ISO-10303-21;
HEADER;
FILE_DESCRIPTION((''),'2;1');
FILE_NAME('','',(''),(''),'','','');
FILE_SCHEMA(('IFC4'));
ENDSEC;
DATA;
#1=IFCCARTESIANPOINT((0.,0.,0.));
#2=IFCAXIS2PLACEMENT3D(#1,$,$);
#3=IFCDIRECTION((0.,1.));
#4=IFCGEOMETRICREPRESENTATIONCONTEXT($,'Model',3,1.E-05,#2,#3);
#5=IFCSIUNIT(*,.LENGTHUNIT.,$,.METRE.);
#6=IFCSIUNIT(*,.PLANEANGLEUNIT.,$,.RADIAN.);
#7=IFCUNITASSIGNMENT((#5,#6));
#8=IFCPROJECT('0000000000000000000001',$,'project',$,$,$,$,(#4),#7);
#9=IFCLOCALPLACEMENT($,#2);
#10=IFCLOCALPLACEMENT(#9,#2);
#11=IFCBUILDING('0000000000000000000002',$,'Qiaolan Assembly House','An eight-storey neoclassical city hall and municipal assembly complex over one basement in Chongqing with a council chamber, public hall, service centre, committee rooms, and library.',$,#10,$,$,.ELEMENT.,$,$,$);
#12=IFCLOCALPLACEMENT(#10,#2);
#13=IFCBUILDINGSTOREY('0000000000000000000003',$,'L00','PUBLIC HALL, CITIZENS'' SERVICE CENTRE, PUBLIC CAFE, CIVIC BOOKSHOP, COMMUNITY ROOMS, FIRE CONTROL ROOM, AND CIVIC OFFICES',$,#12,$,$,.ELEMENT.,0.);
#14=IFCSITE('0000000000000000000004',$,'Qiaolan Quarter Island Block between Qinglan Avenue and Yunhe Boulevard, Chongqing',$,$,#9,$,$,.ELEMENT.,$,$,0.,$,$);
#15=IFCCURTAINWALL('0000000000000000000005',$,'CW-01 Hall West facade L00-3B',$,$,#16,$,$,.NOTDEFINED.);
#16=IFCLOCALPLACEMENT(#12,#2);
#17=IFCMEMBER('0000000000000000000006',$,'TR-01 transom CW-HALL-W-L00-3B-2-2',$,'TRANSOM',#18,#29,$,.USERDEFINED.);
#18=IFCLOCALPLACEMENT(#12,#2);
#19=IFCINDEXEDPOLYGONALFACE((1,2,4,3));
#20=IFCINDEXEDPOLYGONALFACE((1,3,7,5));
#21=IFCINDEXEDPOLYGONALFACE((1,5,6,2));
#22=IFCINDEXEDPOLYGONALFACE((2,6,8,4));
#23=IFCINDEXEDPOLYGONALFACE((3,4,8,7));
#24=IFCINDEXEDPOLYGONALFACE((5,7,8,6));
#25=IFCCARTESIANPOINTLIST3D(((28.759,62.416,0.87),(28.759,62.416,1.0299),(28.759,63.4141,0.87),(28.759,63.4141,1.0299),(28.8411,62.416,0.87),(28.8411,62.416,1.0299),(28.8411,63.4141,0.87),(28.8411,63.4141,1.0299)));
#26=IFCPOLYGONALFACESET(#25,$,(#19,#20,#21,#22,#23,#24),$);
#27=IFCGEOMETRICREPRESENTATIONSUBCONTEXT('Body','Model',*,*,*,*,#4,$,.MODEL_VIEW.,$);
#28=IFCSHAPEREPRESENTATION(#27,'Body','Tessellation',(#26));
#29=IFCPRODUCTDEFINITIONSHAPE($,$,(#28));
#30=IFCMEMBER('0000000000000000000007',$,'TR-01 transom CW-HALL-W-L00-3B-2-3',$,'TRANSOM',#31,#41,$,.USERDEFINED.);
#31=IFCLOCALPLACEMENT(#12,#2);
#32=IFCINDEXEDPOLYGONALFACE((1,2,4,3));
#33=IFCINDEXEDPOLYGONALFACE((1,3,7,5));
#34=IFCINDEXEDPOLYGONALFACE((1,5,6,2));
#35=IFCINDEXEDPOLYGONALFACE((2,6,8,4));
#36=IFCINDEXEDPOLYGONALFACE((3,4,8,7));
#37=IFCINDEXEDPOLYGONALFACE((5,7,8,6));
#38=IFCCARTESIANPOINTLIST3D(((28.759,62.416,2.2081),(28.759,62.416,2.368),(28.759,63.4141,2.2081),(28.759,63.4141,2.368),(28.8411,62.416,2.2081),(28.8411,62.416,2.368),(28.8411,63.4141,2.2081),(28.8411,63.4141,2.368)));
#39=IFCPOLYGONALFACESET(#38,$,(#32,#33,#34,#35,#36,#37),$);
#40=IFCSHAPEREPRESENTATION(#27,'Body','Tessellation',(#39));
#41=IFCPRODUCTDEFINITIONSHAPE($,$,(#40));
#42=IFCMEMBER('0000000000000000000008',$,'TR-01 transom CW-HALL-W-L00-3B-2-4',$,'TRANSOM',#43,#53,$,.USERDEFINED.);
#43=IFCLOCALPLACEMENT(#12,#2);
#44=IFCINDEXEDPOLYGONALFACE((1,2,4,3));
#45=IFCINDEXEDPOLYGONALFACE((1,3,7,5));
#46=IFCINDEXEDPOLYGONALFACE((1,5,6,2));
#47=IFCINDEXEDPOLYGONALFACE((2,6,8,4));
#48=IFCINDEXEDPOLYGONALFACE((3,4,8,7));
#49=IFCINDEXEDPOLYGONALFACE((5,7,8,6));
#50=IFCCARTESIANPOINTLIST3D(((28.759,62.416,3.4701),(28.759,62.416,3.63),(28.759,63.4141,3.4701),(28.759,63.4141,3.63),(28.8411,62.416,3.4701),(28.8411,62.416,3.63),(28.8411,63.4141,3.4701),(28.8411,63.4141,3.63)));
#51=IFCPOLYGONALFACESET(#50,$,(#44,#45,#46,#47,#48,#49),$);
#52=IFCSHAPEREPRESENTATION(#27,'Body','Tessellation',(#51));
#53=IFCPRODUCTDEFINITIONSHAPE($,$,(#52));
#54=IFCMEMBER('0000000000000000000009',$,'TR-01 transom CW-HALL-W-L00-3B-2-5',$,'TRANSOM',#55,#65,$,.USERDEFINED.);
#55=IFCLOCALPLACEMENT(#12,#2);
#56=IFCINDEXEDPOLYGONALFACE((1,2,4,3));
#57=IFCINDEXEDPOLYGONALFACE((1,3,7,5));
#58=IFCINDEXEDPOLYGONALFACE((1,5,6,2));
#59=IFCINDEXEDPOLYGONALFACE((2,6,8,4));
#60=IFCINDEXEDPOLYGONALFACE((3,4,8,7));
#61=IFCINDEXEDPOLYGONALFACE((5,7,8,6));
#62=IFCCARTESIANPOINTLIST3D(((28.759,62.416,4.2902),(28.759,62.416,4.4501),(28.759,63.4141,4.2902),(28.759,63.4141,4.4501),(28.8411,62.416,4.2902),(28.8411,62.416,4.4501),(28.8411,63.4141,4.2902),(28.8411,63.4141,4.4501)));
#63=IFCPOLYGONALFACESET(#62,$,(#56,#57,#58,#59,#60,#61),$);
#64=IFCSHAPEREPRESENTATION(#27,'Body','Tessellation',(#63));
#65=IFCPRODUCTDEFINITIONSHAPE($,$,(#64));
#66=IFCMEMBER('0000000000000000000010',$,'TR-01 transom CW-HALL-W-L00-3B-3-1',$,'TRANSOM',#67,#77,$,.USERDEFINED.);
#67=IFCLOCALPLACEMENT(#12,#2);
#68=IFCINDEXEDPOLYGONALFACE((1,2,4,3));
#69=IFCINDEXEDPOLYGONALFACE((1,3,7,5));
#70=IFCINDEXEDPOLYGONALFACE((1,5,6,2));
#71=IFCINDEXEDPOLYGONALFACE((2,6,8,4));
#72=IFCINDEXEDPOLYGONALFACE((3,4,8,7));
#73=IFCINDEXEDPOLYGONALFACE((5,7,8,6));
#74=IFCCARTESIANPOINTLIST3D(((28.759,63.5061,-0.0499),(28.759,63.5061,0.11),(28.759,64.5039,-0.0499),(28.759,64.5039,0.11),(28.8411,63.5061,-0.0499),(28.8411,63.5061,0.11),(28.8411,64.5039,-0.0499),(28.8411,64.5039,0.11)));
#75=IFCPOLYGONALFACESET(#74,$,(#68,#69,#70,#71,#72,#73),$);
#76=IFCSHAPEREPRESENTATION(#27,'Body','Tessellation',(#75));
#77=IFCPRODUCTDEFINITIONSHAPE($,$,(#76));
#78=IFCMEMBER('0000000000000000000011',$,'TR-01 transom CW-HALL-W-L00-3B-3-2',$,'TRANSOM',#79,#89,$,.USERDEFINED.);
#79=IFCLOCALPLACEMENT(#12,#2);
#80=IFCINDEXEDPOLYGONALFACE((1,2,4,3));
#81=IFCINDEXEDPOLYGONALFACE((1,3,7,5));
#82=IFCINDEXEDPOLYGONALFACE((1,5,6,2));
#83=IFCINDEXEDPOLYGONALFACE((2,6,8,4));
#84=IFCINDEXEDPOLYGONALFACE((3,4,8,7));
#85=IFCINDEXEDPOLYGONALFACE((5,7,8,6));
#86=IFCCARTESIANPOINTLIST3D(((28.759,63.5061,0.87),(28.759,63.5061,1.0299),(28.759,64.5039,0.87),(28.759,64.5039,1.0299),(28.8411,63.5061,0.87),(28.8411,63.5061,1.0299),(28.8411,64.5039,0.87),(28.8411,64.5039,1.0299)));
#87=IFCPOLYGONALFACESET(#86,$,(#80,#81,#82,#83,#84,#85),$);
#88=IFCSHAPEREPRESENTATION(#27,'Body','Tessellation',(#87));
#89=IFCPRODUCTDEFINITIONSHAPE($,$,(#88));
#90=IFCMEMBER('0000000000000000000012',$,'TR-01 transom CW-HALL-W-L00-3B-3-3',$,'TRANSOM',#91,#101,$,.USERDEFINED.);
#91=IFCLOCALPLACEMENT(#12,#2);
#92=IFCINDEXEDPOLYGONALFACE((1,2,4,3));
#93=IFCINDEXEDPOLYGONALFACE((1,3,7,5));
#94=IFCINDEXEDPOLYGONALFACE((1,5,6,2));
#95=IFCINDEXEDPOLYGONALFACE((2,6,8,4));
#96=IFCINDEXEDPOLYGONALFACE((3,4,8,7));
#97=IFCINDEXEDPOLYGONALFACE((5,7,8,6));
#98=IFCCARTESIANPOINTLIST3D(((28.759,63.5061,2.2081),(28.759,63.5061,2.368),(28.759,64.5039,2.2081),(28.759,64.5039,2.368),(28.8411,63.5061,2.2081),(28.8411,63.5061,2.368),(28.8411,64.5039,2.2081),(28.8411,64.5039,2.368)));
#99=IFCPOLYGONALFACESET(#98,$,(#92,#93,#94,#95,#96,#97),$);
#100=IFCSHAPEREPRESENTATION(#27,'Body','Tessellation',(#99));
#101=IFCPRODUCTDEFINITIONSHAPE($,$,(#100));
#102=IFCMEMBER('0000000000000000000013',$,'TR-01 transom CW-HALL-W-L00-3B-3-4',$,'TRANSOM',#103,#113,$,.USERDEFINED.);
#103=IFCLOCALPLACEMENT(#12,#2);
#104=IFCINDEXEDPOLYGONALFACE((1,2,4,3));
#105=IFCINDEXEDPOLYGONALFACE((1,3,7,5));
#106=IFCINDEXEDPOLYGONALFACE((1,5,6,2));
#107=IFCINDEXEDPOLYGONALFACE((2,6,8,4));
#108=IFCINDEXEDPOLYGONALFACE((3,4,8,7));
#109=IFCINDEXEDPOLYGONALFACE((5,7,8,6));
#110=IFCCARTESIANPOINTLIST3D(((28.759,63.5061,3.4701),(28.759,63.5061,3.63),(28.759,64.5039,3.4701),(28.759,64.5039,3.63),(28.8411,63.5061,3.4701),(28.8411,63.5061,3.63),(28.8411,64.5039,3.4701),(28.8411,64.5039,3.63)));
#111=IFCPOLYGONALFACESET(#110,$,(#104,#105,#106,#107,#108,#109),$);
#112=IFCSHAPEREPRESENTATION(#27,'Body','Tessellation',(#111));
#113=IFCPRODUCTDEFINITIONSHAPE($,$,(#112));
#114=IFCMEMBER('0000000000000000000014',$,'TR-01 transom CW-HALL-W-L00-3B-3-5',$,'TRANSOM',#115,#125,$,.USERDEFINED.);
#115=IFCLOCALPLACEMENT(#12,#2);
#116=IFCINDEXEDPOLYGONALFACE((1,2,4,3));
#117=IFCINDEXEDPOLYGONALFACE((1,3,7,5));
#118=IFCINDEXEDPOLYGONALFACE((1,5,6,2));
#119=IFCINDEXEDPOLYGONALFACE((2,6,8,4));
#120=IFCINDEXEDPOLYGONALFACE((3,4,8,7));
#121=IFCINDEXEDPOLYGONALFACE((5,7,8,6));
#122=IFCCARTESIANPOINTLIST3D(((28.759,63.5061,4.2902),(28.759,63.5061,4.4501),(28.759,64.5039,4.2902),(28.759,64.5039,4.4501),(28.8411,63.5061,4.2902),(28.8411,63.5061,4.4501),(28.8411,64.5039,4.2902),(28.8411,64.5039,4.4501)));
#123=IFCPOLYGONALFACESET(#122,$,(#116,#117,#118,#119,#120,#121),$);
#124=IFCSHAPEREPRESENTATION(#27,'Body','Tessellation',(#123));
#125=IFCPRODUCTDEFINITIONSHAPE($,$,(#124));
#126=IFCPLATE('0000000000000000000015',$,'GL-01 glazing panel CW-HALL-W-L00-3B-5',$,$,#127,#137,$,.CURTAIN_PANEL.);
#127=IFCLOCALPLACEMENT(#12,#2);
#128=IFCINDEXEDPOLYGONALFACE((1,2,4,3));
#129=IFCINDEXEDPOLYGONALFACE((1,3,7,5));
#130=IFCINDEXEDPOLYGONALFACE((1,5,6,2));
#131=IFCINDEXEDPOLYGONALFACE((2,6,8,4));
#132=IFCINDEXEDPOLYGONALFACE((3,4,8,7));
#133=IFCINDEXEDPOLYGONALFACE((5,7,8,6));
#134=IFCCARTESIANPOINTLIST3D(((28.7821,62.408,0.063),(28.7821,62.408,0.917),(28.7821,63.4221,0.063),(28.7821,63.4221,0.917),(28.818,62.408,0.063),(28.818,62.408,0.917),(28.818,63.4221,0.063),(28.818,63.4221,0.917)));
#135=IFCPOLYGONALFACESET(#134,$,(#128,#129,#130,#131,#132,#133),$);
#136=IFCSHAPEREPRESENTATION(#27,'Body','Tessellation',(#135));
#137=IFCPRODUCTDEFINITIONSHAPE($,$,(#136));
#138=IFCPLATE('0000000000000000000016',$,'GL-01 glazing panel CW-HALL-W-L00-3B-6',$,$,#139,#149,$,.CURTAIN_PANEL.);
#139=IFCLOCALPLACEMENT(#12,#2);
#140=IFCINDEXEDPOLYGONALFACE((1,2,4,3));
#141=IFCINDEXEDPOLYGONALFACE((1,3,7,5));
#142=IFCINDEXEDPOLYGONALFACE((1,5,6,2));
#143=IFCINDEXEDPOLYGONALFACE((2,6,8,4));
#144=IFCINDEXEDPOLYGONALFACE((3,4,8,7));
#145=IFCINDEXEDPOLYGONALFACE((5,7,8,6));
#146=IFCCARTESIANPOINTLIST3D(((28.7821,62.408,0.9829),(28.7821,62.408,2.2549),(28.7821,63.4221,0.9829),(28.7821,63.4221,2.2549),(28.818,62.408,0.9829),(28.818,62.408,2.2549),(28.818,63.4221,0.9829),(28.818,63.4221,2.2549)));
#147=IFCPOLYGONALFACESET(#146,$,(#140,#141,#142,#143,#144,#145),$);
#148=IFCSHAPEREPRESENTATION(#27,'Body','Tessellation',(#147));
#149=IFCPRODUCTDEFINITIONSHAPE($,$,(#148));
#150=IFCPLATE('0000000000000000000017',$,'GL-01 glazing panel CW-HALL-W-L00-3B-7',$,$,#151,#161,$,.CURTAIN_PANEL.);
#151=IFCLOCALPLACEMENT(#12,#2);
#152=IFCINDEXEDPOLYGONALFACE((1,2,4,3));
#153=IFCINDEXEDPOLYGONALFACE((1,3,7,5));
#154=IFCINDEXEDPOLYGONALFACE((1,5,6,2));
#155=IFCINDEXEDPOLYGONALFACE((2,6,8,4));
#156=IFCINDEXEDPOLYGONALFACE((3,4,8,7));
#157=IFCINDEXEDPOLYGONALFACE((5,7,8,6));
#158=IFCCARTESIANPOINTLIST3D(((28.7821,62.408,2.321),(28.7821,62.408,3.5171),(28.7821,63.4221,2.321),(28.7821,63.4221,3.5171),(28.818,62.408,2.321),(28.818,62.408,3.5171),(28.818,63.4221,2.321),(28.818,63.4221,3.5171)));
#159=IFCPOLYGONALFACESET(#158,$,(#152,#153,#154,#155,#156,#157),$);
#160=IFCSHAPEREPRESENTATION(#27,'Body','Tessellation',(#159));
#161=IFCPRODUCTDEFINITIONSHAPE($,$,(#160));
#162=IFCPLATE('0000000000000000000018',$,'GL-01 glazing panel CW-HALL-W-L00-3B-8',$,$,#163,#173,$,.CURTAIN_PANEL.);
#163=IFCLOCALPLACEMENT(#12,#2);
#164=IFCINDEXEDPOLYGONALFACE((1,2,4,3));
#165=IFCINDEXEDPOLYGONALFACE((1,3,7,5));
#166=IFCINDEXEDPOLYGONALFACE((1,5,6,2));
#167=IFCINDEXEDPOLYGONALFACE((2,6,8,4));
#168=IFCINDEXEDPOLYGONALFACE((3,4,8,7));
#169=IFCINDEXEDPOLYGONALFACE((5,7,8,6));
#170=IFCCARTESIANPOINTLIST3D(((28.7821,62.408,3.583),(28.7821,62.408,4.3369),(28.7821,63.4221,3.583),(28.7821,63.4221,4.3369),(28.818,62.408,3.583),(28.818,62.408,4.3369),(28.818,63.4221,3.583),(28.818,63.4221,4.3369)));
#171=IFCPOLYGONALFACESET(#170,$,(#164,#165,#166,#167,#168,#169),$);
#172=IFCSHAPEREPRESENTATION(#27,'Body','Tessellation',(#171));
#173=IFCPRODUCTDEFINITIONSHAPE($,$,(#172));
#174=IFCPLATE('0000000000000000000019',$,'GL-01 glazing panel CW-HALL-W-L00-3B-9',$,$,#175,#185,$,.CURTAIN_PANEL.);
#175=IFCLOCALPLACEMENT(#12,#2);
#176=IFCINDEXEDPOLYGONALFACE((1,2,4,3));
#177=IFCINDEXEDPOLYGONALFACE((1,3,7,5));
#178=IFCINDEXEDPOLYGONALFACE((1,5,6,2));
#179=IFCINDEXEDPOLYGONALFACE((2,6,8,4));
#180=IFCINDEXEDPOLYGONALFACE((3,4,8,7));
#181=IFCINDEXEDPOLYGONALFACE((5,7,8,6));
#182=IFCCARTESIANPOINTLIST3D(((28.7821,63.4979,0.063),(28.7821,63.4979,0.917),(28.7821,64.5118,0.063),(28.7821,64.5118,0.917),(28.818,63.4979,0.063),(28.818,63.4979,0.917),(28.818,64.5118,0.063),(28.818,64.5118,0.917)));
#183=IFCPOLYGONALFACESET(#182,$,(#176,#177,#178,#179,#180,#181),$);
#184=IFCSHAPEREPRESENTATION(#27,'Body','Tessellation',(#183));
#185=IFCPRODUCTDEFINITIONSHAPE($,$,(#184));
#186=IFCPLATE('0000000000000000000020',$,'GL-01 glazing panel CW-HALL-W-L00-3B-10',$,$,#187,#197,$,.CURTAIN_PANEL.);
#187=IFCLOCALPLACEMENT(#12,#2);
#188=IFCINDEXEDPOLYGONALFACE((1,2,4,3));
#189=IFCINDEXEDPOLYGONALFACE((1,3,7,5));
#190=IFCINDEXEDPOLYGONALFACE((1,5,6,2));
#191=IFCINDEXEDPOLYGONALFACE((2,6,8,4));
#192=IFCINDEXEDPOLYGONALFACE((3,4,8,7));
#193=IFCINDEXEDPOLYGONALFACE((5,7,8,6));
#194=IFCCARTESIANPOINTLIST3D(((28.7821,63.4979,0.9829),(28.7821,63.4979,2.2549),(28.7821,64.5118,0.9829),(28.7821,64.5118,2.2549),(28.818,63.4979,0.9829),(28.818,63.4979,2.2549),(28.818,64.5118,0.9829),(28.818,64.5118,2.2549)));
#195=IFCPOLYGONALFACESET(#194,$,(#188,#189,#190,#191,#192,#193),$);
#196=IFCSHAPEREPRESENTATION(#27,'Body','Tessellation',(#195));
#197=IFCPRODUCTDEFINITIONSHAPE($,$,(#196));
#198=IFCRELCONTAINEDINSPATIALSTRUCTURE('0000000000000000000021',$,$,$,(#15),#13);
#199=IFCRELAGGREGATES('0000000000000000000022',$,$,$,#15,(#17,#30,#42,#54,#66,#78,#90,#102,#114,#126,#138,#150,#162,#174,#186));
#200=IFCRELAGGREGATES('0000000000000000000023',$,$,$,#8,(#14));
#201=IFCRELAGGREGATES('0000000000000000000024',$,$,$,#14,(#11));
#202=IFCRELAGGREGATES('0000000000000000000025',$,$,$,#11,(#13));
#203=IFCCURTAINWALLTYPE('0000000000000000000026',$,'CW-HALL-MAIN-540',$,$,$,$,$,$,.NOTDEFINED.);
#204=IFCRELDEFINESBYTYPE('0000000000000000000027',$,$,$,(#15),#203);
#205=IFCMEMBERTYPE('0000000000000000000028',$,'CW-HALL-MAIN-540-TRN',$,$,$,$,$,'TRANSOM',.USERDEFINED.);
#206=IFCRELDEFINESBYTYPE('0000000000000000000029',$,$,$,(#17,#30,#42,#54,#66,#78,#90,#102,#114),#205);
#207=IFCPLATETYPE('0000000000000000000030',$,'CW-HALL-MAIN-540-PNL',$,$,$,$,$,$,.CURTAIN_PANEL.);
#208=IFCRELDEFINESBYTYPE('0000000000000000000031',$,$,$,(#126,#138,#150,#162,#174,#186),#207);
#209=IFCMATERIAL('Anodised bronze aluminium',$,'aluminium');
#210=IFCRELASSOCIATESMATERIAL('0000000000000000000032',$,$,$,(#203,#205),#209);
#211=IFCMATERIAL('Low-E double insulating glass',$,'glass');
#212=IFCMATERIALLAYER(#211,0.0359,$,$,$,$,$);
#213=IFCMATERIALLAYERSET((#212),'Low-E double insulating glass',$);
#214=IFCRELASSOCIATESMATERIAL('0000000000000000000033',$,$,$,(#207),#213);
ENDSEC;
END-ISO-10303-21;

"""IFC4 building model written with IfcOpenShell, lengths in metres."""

from ifc_helpers import new_model, si_unit, direction, frame, frame_2d, origin, origin_2d, place, context, subcontext, project, spatial, rectangle, extrude, material, layer, layer_set, material_profile, profile_set, type_object, element, aggregate, save


model = new_model("IFC4")

# Units and contexts
model_context = context("Model", 3, precision=1e-05, world=origin(), true_north=direction((0.0, 1.0)))
body_context = subcontext(model_context, "Body", "Model", "MODEL_VIEW")
ifc_project = project(units=[si_unit("LENGTHUNIT", "METRE"), si_unit("PLANEANGLEUNIT", "RADIAN")], contexts=[model_context])

# Site, building, storey
site_placement = place(None, origin())
site = spatial("IfcSite", under=ifc_project, at=site_placement, Name="Qiaolan Quarter Island Block between Qinglan Avenue and Yunhe Boulevard, Chongqing", CompositionType="ELEMENT", RefElevation=0.0)
building_placement = place(site_placement, origin())
building = spatial("IfcBuilding", under=site, at=building_placement, Name="Qiaolan Assembly House", Description="An eight-storey neoclassical city hall and municipal assembly complex over one basement in Chongqing with a council chamber, public hall, service centre, committee rooms, and library.", CompositionType="ELEMENT")
storey_placement = place(building_placement, origin())
storey = spatial("IfcBuildingStorey", under=building, at=storey_placement, Name="L00", Description="PUBLIC HALL, CITIZENS' SERVICE CENTRE, PUBLIC CAFE, CIVIC BOOKSHOP, COMMUNITY ROOMS, FIRE CONTROL ROOM, AND CIVIC OFFICES", CompositionType="ELEMENT", Elevation=0.0)

# Curtain wall, members, plates
ifc_material_1 = material(Name="Anodised bronze aluminium", Category="aluminium")
curtain_wall_type = type_object("IfcCurtainWallType", Name="CW-HALL-MAIN-540", PredefinedType="NOTDEFINED", material=ifc_material_1)
curtain_wall_placement = place(storey_placement, origin())
curtain_wall = element("IfcCurtainWall", 1, at=curtain_wall_placement, inside=storey, type_object=curtain_wall_type, Name="CW-01 Hall West facade L00-3B", PredefinedType="NOTDEFINED")
ifc_material_profile_1 = material_profile(ifc_material_1, rectangle(XDim=0.082, YDim=0.1599, at=origin_2d()), Name="TRN 82x160")
ifc_profile_set_1 = profile_set([ifc_material_profile_1], Name="Anodised bronze aluminium")
member_type_1 = type_object("IfcMemberType", Name="CW-HALL-MAIN-540-TRN", ElementType="TRANSOM", PredefinedType="USERDEFINED", material=ifc_profile_set_1)
member_1_placement = place(storey_placement, frame((28.8, 62.416, 0.95), z_axis=(0.0, 1.0, 0.0), x_axis=(-1.0, 0.0, 0.0)))
member_1 = element("IfcMember", 2, at=member_1_placement, type_object=member_type_1, Name="TR-01 transom CW-HALL-W-L00-3B-2-2", ObjectType="TRANSOM", PredefinedType="USERDEFINED", context=body_context, shape_type="SweptSolid", body=[
    extrude(rectangle(XDim=0.082, YDim=0.1599, at=origin_2d()), origin(), (0.0, 0.0, 1.0), 0.998),
])
member_2_placement = place(storey_placement, frame((28.8, 62.416, 2.2881), z_axis=(0.0, 1.0, 0.0), x_axis=(-1.0, 0.0, 0.0)))
member_2 = element("IfcMember", 3, at=member_2_placement, type_object=member_type_1, Name="TR-01 transom CW-HALL-W-L00-3B-2-3", ObjectType="TRANSOM", PredefinedType="USERDEFINED", context=body_context, shape_type="SweptSolid", body=[
    extrude(rectangle(XDim=0.082, YDim=0.1599, at=origin_2d()), origin(), (0.0, 0.0, 1.0), 0.998),
])
member_3_placement = place(storey_placement, frame((28.8, 62.416, 3.55), z_axis=(0.0, 1.0, 0.0), x_axis=(-1.0, 0.0, 0.0)))
member_3 = element("IfcMember", 4, at=member_3_placement, type_object=member_type_1, Name="TR-01 transom CW-HALL-W-L00-3B-2-4", ObjectType="TRANSOM", PredefinedType="USERDEFINED", context=body_context, shape_type="SweptSolid", body=[
    extrude(rectangle(XDim=0.082, YDim=0.1599, at=origin_2d()), origin(), (0.0, 0.0, 1.0), 0.998),
])
member_4_placement = place(storey_placement, frame((28.8, 62.416, 4.3701), z_axis=(0.0, 1.0, 0.0), x_axis=(-1.0, 0.0, 0.0)))
member_4 = element("IfcMember", 5, at=member_4_placement, type_object=member_type_1, Name="TR-01 transom CW-HALL-W-L00-3B-2-5", ObjectType="TRANSOM", PredefinedType="USERDEFINED", context=body_context, shape_type="SweptSolid", body=[
    extrude(rectangle(XDim=0.082, YDim=0.1599, at=origin_2d()), origin(), (0.0, 0.0, 1.0), 0.998),
])
member_5_placement = place(storey_placement, frame((28.8, 63.5061, 0.03), z_axis=(0.0, 1.0, 0.0), x_axis=(-1.0, 0.0, 0.0)))
member_5 = element("IfcMember", 6, at=member_5_placement, type_object=member_type_1, Name="TR-01 transom CW-HALL-W-L00-3B-3-1", ObjectType="TRANSOM", PredefinedType="USERDEFINED", context=body_context, shape_type="SweptSolid", body=[
    extrude(rectangle(XDim=0.082, YDim=0.1599, at=origin_2d()), origin(), (0.0, 0.0, 1.0), 0.9978),
])
member_6_placement = place(storey_placement, frame((28.8, 63.5061, 0.95), z_axis=(0.0, 1.0, 0.0), x_axis=(-1.0, 0.0, 0.0)))
member_6 = element("IfcMember", 7, at=member_6_placement, type_object=member_type_1, Name="TR-01 transom CW-HALL-W-L00-3B-3-2", ObjectType="TRANSOM", PredefinedType="USERDEFINED", context=body_context, shape_type="SweptSolid", body=[
    extrude(rectangle(XDim=0.082, YDim=0.1599, at=origin_2d()), origin(), (0.0, 0.0, 1.0), 0.9978),
])
member_7_placement = place(storey_placement, frame((28.8, 63.5061, 2.2881), z_axis=(0.0, 1.0, 0.0), x_axis=(-1.0, 0.0, 0.0)))
member_7 = element("IfcMember", 8, at=member_7_placement, type_object=member_type_1, Name="TR-01 transom CW-HALL-W-L00-3B-3-3", ObjectType="TRANSOM", PredefinedType="USERDEFINED", context=body_context, shape_type="SweptSolid", body=[
    extrude(rectangle(XDim=0.082, YDim=0.1599, at=origin_2d()), origin(), (0.0, 0.0, 1.0), 0.9978),
])
member_8_placement = place(storey_placement, frame((28.8, 63.5061, 3.55), z_axis=(0.0, 1.0, 0.0), x_axis=(-1.0, 0.0, 0.0)))
member_8 = element("IfcMember", 9, at=member_8_placement, type_object=member_type_1, Name="TR-01 transom CW-HALL-W-L00-3B-3-4", ObjectType="TRANSOM", PredefinedType="USERDEFINED", context=body_context, shape_type="SweptSolid", body=[
    extrude(rectangle(XDim=0.082, YDim=0.1599, at=origin_2d()), origin(), (0.0, 0.0, 1.0), 0.9978),
])
member_9_placement = place(storey_placement, frame((28.8, 63.5061, 4.3701), z_axis=(0.0, 1.0, 0.0), x_axis=(-1.0, 0.0, 0.0)))
member_9 = element("IfcMember", 10, at=member_9_placement, type_object=member_type_1, Name="TR-01 transom CW-HALL-W-L00-3B-3-5", ObjectType="TRANSOM", PredefinedType="USERDEFINED", context=body_context, shape_type="SweptSolid", body=[
    extrude(rectangle(XDim=0.082, YDim=0.1599, at=origin_2d()), origin(), (0.0, 0.0, 1.0), 0.9978),
])
ifc_material_2 = material(Name="Low-E double insulating glass", Category="glass")
ifc_layer = layer(ifc_material_2, 0.0359)
ifc_layer_set = layer_set([ifc_layer], Name="Low-E double insulating glass")
plate_type = type_object("IfcPlateType", Name="CW-HALL-MAIN-540-PNL", PredefinedType="CURTAIN_PANEL", material=ifc_layer_set)
plate_1_placement = place(storey_placement, frame((28.8, 62.408, 0.063), z_axis=(0.0, 0.0, 1.0), x_axis=(0.0, 1.0, 0.0)))
plate_1 = element("IfcPlate", 11, at=plate_1_placement, type_object=plate_type, Name="GL-01 glazing panel CW-HALL-W-L00-3B-5", PredefinedType="CURTAIN_PANEL", context=body_context, shape_type="SweptSolid", body=[
    extrude(rectangle(XDim=1.0142, YDim=0.0359, at=frame_2d((0.5071, 0.0))), origin(), (0.0, 0.0, 1.0), 0.854),
])
plate_2_placement = place(storey_placement, frame((28.8, 62.408, 0.9829), z_axis=(0.0, 0.0, 1.0), x_axis=(0.0, 1.0, 0.0)))
plate_2 = element("IfcPlate", 12, at=plate_2_placement, type_object=plate_type, Name="GL-01 glazing panel CW-HALL-W-L00-3B-6", PredefinedType="CURTAIN_PANEL", context=body_context, shape_type="SweptSolid", body=[
    extrude(rectangle(XDim=1.0142, YDim=0.0359, at=frame_2d((0.5071, 0.0))), origin(), (0.0, 0.0, 1.0), 1.272),
])
plate_3_placement = place(storey_placement, frame((28.8, 62.408, 2.321), z_axis=(0.0, 0.0, 1.0), x_axis=(0.0, 1.0, 0.0)))
plate_3 = element("IfcPlate", 13, at=plate_3_placement, type_object=plate_type, Name="GL-01 glazing panel CW-HALL-W-L00-3B-7", PredefinedType="CURTAIN_PANEL", context=body_context, shape_type="SweptSolid", body=[
    extrude(rectangle(XDim=1.0142, YDim=0.0359, at=frame_2d((0.5071, 0.0))), origin(), (0.0, 0.0, 1.0), 1.196),
])
plate_4_placement = place(storey_placement, frame((28.8, 62.408, 3.583), z_axis=(0.0, 0.0, 1.0), x_axis=(0.0, 1.0, 0.0)))
plate_4 = element("IfcPlate", 14, at=plate_4_placement, type_object=plate_type, Name="GL-01 glazing panel CW-HALL-W-L00-3B-8", PredefinedType="CURTAIN_PANEL", context=body_context, shape_type="SweptSolid", body=[
    extrude(rectangle(XDim=1.0142, YDim=0.0359, at=frame_2d((0.5071, 0.0))), origin(), (0.0, 0.0, 1.0), 0.7539),
])
plate_5_placement = place(storey_placement, frame((28.8, 63.498, 0.063), z_axis=(0.0, 0.0, 1.0), x_axis=(0.0, 1.0, 0.0)))
plate_5 = element("IfcPlate", 15, at=plate_5_placement, type_object=plate_type, Name="GL-01 glazing panel CW-HALL-W-L00-3B-9", PredefinedType="CURTAIN_PANEL", context=body_context, shape_type="SweptSolid", body=[
    extrude(rectangle(XDim=1.0139, YDim=0.0359, at=frame_2d((0.5068, 0.0))), origin(), (0.0, 0.0, 1.0), 0.854),
])
plate_6_placement = place(storey_placement, frame((28.8, 63.498, 0.9829), z_axis=(0.0, 0.0, 1.0), x_axis=(0.0, 1.0, 0.0)))
plate_6 = element("IfcPlate", 16, at=plate_6_placement, type_object=plate_type, Name="GL-01 glazing panel CW-HALL-W-L00-3B-10", PredefinedType="CURTAIN_PANEL", context=body_context, shape_type="SweptSolid", body=[
    extrude(rectangle(XDim=1.0139, YDim=0.0359, at=frame_2d((0.5068, 0.0))), origin(), (0.0, 0.0, 1.0), 1.272),
])
aggregate(curtain_wall, [member_1, member_2, member_3, member_4, member_5, member_6, member_7, member_8, member_9, plate_1, plate_2, plate_3, plate_4, plate_5, plate_6])

save(model, "model.ifc")
